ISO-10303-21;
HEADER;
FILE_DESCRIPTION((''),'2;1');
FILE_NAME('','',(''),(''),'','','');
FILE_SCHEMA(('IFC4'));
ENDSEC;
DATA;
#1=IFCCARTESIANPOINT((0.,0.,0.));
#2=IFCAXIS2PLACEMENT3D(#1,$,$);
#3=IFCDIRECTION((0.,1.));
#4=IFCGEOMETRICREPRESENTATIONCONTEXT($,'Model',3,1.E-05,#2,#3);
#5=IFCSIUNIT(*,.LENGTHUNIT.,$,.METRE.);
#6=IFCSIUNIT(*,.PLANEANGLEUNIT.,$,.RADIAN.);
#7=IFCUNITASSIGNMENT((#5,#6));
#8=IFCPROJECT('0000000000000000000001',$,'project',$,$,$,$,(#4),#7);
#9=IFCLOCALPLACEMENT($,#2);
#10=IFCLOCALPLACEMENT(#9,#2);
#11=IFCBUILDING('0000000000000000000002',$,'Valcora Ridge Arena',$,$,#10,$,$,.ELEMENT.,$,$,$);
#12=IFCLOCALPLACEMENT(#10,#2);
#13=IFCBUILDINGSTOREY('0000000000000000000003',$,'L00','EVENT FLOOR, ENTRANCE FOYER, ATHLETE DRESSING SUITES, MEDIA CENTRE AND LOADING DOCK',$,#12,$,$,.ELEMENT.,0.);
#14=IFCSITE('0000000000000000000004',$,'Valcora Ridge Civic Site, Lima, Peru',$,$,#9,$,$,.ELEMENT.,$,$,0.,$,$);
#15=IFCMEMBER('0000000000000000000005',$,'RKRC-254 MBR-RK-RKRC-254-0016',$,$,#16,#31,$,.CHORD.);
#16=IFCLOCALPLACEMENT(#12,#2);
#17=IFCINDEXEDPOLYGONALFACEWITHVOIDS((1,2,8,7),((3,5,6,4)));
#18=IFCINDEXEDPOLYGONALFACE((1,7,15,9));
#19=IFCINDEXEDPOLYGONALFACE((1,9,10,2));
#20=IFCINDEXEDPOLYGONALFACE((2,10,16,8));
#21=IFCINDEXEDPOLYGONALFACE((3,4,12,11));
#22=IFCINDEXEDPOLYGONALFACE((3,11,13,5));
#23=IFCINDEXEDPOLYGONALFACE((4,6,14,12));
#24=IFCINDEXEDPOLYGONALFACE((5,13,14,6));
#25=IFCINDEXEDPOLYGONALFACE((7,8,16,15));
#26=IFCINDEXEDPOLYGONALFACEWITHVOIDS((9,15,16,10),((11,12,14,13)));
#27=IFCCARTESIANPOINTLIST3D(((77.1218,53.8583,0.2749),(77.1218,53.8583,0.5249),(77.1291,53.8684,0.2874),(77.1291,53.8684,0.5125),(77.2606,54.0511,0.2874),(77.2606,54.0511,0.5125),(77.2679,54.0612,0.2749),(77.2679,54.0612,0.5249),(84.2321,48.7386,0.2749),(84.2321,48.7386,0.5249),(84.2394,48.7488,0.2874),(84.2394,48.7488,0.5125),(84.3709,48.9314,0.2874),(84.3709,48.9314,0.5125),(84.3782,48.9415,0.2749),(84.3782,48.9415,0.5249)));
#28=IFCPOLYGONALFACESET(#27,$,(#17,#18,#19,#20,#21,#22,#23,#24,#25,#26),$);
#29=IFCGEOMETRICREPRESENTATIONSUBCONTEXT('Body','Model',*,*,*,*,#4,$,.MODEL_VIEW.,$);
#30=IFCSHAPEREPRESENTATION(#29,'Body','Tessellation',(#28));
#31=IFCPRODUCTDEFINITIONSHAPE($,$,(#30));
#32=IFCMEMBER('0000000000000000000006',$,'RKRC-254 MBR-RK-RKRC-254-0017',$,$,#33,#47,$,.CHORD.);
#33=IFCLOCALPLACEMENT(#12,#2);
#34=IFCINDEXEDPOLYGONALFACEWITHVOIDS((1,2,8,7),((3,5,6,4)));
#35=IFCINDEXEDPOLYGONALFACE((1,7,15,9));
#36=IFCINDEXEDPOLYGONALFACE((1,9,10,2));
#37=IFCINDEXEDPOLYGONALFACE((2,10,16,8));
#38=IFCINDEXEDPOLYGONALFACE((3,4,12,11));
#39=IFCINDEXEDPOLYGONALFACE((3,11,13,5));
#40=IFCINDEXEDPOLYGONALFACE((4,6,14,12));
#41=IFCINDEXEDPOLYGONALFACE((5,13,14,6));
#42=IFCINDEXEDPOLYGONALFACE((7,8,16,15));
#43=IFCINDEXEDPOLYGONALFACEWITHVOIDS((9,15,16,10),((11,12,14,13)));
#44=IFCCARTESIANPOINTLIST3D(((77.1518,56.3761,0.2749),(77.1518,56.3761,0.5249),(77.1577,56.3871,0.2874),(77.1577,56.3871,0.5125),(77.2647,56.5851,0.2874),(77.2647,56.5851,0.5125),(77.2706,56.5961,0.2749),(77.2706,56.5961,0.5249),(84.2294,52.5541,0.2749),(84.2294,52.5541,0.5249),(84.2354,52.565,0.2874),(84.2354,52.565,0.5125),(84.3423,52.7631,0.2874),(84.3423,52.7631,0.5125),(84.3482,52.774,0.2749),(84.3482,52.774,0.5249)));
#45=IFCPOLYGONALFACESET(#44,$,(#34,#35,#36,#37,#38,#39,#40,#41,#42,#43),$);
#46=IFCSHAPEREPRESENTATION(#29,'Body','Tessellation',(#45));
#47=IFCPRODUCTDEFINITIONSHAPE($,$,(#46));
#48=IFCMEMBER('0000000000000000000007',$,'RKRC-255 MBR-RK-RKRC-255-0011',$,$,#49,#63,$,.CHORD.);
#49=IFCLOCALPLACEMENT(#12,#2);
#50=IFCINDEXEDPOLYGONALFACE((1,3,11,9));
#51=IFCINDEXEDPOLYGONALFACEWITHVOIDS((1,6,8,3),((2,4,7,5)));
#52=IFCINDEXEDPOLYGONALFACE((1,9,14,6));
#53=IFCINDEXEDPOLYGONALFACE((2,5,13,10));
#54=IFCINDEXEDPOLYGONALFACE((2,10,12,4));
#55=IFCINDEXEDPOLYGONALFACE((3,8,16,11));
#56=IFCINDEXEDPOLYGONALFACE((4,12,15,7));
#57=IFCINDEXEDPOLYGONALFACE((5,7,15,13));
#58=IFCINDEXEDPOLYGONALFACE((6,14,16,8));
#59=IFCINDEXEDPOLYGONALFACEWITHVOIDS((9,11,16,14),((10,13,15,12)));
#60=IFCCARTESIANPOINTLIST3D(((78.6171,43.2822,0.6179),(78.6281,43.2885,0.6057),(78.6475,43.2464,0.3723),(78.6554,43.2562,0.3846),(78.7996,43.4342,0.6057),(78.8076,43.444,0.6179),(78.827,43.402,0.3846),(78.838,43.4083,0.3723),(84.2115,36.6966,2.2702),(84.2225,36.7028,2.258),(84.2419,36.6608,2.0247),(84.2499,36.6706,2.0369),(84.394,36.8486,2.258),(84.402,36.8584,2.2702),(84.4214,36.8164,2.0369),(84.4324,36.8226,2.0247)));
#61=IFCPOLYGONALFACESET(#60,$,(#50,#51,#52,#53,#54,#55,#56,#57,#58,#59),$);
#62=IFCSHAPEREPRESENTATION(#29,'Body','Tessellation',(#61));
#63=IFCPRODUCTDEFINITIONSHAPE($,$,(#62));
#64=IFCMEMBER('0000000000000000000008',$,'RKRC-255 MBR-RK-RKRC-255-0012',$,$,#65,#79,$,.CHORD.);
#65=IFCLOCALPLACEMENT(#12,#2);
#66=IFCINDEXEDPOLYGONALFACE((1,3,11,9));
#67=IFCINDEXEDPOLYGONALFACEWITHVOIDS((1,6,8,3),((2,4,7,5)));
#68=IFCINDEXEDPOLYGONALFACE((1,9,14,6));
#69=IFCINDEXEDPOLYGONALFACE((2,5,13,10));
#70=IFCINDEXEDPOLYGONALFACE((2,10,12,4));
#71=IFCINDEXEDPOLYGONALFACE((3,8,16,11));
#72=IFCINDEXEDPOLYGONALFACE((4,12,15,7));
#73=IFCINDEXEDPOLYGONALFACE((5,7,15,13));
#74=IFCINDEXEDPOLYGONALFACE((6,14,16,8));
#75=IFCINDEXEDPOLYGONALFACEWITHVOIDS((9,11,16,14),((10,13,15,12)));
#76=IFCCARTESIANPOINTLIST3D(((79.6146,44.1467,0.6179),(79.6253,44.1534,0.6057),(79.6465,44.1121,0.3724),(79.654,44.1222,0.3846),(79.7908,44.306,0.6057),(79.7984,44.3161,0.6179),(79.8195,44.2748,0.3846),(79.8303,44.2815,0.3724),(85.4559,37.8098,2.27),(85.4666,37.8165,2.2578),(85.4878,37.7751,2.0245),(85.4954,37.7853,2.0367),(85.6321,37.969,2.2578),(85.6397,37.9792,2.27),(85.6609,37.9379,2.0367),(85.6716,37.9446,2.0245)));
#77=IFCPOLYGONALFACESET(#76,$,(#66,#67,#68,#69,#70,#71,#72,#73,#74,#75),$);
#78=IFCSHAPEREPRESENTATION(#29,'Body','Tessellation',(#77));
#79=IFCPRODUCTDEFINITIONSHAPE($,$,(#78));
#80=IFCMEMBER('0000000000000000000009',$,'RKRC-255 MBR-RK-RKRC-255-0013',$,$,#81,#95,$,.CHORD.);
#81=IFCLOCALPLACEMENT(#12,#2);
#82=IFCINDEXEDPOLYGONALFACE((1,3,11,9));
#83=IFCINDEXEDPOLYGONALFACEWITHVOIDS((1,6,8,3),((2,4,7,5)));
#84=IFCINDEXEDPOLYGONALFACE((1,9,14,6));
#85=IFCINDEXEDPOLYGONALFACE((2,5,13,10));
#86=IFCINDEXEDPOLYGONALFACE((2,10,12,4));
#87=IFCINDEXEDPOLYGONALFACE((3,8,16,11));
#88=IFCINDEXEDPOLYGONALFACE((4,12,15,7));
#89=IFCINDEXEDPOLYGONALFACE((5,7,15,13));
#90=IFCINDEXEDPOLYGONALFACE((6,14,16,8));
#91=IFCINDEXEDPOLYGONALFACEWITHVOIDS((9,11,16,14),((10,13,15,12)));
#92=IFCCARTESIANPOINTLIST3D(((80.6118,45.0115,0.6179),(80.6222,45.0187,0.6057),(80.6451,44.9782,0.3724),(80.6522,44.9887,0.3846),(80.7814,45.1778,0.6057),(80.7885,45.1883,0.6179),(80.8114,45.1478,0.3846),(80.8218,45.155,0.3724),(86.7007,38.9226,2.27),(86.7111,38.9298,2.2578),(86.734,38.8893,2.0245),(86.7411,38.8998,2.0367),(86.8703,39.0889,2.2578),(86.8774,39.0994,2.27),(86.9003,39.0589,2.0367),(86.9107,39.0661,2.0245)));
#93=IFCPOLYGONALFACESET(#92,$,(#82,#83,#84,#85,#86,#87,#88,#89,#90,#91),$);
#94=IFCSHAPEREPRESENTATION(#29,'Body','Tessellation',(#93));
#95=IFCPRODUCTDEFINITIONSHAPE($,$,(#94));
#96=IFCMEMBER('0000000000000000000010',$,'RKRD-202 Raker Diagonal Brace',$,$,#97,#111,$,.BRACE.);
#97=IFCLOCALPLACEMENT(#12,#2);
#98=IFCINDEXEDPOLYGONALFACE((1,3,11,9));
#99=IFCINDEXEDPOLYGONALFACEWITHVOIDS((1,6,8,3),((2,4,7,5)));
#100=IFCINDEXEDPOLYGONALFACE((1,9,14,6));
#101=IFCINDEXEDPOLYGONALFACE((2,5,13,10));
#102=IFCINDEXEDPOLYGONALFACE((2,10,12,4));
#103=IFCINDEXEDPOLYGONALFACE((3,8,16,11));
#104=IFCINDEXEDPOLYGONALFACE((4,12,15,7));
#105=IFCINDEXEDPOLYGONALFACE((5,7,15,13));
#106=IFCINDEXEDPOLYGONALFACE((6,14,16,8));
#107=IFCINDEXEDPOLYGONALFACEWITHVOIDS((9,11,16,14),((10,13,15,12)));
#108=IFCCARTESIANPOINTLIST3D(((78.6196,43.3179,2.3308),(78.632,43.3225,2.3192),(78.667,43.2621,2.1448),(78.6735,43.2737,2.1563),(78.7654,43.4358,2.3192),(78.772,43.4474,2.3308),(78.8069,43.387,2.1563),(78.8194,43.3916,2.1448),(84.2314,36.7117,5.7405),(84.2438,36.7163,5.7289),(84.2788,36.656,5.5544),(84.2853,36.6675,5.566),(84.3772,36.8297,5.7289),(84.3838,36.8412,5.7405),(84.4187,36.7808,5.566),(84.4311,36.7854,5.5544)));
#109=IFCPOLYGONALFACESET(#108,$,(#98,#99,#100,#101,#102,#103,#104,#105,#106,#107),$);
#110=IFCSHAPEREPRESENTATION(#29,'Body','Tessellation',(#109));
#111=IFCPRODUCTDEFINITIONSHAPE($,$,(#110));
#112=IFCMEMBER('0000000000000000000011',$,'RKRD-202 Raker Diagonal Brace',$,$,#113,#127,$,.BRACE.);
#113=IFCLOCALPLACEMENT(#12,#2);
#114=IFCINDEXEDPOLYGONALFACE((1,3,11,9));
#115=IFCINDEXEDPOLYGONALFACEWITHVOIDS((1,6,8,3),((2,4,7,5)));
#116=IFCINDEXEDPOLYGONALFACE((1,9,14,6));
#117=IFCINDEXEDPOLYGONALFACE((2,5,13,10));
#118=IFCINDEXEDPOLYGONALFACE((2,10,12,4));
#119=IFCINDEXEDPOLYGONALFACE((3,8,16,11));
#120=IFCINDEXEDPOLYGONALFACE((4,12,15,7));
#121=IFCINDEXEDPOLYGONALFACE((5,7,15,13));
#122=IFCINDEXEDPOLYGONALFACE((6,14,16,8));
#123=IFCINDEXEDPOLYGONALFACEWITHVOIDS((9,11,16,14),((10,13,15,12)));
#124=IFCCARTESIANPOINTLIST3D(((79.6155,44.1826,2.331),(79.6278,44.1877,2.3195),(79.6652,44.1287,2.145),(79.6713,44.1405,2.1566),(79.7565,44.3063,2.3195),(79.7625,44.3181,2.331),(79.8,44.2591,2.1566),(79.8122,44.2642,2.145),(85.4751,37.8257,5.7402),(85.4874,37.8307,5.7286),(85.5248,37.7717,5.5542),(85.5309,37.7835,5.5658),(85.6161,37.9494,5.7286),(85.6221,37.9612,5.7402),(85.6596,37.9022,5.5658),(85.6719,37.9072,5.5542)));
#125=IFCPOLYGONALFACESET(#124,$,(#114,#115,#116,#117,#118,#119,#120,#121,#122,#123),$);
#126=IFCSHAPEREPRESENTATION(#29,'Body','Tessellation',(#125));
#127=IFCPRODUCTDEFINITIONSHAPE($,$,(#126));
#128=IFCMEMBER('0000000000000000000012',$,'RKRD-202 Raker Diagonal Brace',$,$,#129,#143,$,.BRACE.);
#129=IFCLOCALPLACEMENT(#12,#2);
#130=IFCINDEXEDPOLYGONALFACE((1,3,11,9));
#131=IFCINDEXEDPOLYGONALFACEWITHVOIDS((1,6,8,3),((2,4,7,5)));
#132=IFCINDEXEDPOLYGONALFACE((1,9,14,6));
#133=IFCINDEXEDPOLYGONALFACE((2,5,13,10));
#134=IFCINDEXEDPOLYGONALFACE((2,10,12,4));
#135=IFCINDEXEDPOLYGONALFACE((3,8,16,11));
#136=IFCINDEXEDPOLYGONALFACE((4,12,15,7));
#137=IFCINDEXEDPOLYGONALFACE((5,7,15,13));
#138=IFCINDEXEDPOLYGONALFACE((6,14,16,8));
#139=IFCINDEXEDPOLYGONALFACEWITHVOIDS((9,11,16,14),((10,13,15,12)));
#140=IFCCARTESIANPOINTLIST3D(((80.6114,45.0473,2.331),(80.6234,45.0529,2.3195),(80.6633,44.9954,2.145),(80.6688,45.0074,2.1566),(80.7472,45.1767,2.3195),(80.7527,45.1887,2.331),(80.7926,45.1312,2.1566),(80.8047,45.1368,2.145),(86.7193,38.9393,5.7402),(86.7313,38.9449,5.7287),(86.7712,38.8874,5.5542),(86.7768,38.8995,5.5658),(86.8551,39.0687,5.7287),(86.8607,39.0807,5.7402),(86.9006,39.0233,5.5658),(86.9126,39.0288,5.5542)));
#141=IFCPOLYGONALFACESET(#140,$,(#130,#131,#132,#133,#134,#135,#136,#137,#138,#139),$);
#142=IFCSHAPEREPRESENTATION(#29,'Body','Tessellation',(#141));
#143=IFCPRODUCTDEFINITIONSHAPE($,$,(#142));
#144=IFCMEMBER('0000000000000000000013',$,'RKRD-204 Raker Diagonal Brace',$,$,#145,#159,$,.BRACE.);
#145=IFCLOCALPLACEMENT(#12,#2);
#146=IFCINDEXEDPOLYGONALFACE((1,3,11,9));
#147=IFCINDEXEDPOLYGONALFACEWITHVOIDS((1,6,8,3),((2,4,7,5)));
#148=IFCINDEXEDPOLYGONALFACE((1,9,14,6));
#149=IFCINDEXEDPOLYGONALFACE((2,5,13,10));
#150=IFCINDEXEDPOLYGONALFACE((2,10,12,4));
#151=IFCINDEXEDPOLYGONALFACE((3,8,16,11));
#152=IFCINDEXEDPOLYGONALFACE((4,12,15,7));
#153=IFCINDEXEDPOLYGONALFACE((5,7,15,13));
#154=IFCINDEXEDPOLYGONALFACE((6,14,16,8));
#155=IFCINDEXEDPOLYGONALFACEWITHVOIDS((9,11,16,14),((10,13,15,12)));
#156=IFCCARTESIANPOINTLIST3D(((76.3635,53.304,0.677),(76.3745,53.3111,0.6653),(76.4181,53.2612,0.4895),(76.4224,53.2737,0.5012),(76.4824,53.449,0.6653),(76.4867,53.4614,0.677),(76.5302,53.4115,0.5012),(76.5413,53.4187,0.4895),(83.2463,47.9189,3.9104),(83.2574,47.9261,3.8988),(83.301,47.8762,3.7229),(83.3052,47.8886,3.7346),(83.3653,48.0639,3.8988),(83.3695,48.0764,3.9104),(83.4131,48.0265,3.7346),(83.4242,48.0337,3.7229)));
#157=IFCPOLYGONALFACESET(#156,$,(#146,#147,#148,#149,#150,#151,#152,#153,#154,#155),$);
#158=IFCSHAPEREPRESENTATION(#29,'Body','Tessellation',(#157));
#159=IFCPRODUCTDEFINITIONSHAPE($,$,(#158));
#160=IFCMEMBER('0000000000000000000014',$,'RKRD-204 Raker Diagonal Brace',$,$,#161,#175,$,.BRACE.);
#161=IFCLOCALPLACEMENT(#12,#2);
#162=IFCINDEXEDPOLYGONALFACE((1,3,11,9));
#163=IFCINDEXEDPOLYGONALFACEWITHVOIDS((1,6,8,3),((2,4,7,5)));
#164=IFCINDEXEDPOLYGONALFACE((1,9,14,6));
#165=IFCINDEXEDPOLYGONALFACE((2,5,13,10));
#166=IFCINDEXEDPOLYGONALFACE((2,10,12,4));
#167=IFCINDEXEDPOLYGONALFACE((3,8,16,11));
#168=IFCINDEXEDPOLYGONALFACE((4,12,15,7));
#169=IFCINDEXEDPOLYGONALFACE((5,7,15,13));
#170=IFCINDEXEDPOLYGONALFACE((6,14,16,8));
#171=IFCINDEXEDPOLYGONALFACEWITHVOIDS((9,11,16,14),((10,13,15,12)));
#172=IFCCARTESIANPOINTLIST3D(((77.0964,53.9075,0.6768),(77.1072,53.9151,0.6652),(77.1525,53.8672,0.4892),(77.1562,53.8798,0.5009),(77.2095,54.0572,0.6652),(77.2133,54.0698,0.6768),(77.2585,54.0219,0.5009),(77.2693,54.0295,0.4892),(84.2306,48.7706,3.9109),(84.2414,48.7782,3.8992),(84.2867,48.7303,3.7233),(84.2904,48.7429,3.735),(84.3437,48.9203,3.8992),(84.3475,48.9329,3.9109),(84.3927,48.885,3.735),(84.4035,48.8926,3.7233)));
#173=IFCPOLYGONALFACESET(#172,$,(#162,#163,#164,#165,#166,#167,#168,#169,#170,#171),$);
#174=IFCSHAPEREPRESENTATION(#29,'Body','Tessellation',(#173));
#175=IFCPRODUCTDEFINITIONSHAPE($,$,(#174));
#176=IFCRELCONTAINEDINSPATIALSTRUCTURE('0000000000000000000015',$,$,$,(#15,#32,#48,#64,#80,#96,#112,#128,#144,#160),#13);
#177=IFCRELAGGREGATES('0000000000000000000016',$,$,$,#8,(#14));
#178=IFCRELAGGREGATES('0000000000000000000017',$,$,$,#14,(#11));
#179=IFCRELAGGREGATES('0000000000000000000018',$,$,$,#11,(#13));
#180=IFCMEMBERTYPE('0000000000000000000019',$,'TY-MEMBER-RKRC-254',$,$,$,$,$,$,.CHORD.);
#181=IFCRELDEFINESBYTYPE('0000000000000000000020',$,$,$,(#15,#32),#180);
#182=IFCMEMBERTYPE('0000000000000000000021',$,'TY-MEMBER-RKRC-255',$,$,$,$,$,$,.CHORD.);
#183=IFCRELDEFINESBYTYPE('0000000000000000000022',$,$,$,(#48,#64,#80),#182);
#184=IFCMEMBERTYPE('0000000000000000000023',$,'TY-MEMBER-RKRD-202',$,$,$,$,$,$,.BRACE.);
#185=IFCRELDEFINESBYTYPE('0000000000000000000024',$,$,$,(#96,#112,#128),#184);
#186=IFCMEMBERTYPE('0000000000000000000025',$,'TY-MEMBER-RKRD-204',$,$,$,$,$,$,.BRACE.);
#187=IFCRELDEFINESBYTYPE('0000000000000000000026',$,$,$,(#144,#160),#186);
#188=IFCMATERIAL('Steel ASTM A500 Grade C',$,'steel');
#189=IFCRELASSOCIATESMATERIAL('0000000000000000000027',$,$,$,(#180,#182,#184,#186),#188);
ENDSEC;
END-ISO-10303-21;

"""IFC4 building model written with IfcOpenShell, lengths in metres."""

from ifc_helpers import new_model, si_unit, direction, frame, origin, origin_2d, place, context, subcontext, project, spatial, hollow_rectangle, extrude, material, material_profile, profile_set, type_object, element, save


model = new_model("IFC4")

# Units and contexts
model_context = context("Model", 3, precision=1e-05, world=origin(), true_north=direction((0.0, 1.0)))
body_context = subcontext(model_context, "Body", "Model", "MODEL_VIEW")
ifc_project = project(units=[si_unit("LENGTHUNIT", "METRE"), si_unit("PLANEANGLEUNIT", "RADIAN")], contexts=[model_context])

# Site, building, storey
site_placement = place(None, origin())
site = spatial("IfcSite", under=ifc_project, at=site_placement, Name="Valcora Ridge Civic Site, Lima, Peru", CompositionType="ELEMENT", RefElevation=0.0)
building_placement = place(site_placement, origin())
building = spatial("IfcBuilding", under=site, at=building_placement, Name="Valcora Ridge Arena", CompositionType="ELEMENT")
storey_placement = place(building_placement, origin())
storey = spatial("IfcBuildingStorey", under=building, at=storey_placement, Name="L00", Description="EVENT FLOOR, ENTRANCE FOYER, ATHLETE DRESSING SUITES, MEDIA CENTRE AND LOADING DOCK", CompositionType="ELEMENT", Elevation=0.0)

# Members
ifc_material_1 = material(Name="Steel ASTM A500 Grade C", Category="steel")
ifc_material_profile_1 = material_profile(ifc_material_1, hollow_rectangle(XDim=0.25, YDim=0.25, WallThickness=0.0125, at=origin_2d()), Name="HSS250X250X12")
ifc_profile_set_1 = profile_set([ifc_material_profile_1], Name="Steel ASTM A500 Grade C")
member_type_1 = type_object("IfcMemberType", Name="TY-MEMBER-RKRC-254", PredefinedType="CHORD", material=ifc_profile_set_1)
member_1_placement = place(storey_placement, frame((77.1948, 53.9597, 0.3999), z_axis=(0.811525, -0.584318, 0.0), x_axis=(0.584318, 0.811525, 0.0)))
element("IfcMember", 1, at=member_1_placement, inside=storey, type_object=member_type_1, Name="RKRC-254 MBR-RK-RKRC-254-0016", PredefinedType="CHORD", context=body_context, shape_type="SweptSolid", body=[
    extrude(hollow_rectangle(XDim=0.25, YDim=0.25, WallThickness=0.0125, at=origin_2d()), origin(), (0.0, 0.0, 1.0), 8.7617),
])
member_2_placement = place(storey_placement, frame((77.2112, 56.4861, 0.3999), z_axis=(0.8799, -0.475158, 0.0), x_axis=(0.475158, 0.8799, 0.0)))
element("IfcMember", 2, at=member_2_placement, inside=storey, type_object=member_type_1, Name="RKRC-254 MBR-RK-RKRC-254-0017", PredefinedType="CHORD", context=body_context, shape_type="SweptSolid", body=[
    extrude(hollow_rectangle(XDim=0.25, YDim=0.25, WallThickness=0.0125, at=origin_2d()), origin(), (0.0, 0.0, 1.0), 8.0437),
])
ifc_material_profile_2 = material_profile(ifc_material_1, hollow_rectangle(XDim=0.25, YDim=0.25, WallThickness=0.0125, at=origin_2d()), Name="HSS250X250X12")
ifc_profile_set_2 = profile_set([ifc_material_profile_2], Name="Steel ASTM A500 Grade C")
member_type_2 = type_object("IfcMemberType", Name="TY-MEMBER-RKRC-255", PredefinedType="CHORD", material=ifc_profile_set_2)
member_3_placement = place(storey_placement, frame((78.7275, 43.3452, 0.4951), z_axis=(0.635902, -0.748568, 0.187815), x_axis=(0.762131, 0.647423, 0.0)))
element("IfcMember", 3, at=member_3_placement, inside=storey, type_object=member_type_2, Name="RKRC-255 MBR-RK-RKRC-255-0011", PredefinedType="CHORD", context=body_context, shape_type="SweptSolid", body=[
    extrude(hollow_rectangle(XDim=0.25, YDim=0.25, WallThickness=0.0125, at=origin_2d()), origin(), (0.0, 0.0, 1.0), 8.7976),
])
member_4_placement = place(storey_placement, frame((79.7224, 44.2141, 0.4951), z_axis=(0.66565, -0.722126, 0.188266), x_axis=(0.735275, 0.677769, 0.0)))
element("IfcMember", 4, at=member_4_placement, inside=storey, type_object=member_type_2, Name="RKRC-255 MBR-RK-RKRC-255-0012", PredefinedType="CHORD", context=body_context, shape_type="SweptSolid", body=[
    extrude(hollow_rectangle(XDim=0.25, YDim=0.25, WallThickness=0.0125, at=origin_2d()), origin(), (0.0, 0.0, 1.0), 8.7754),
])
member_5_placement = place(storey_placement, frame((80.7168, 45.0833, 0.4951), z_axis=(0.694441, -0.694441, 0.188424), x_axis=(0.707107, 0.707107, 0.0)))
element("IfcMember", 5, at=member_5_placement, inside=storey, type_object=member_type_2, Name="RKRC-255 MBR-RK-RKRC-255-0013", PredefinedType="CHORD", context=body_context, shape_type="SweptSolid", body=[
    extrude(hollow_rectangle(XDim=0.25, YDim=0.25, WallThickness=0.0125, at=origin_2d()), origin(), (0.0, 0.0, 1.0), 8.7681),
])
ifc_material_profile_3 = material_profile(ifc_material_1, hollow_rectangle(XDim=0.2, YDim=0.2, WallThickness=0.0125, at=origin_2d()), Name="HSS200X200X12")
ifc_profile_set_3 = profile_set([ifc_material_profile_3], Name="Steel ASTM A500 Grade C")
member_type_3 = type_object("IfcMemberType", Name="TY-MEMBER-RKRD-202", PredefinedType="BRACE", material=ifc_profile_set_3)
member_6_placement = place(storey_placement, frame((78.7195, 43.3547, 2.2378), z_axis=(0.602481, -0.709237, 0.36606), x_axis=(0.762136, 0.647417, 0.0)))
element("IfcMember", 6, at=member_6_placement, inside=storey, type_object=member_type_3, Name="RKRD-202 Raker Diagonal Brace", PredefinedType="BRACE", context=body_context, shape_type="SweptSolid", body=[
    extrude(hollow_rectangle(XDim=0.2, YDim=0.2, WallThickness=0.0125, at=origin_2d()), origin(), (0.0, 0.0, 1.0), 9.3145),
])
member_7_placement = place(storey_placement, frame((79.7139, 44.2234, 2.238), z_axis=(0.630511, -0.684023, 0.366837), x_axis=(0.735283, 0.67776, 0.0)))
element("IfcMember", 7, at=member_7_placement, inside=storey, type_object=member_type_3, Name="RKRD-202 Raker Diagonal Brace", PredefinedType="BRACE", context=body_context, shape_type="SweptSolid", body=[
    extrude(hollow_rectangle(XDim=0.2, YDim=0.2, WallThickness=0.0125, at=origin_2d()), origin(), (0.0, 0.0, 1.0), 9.2935),
])
member_8_placement = place(storey_placement, frame((80.708, 45.092, 2.238), z_axis=(0.657732, -0.657732, 0.367119), x_axis=(0.707107, 0.707107, 0.0)))
element("IfcMember", 8, at=member_8_placement, inside=storey, type_object=member_type_3, Name="RKRD-202 Raker Diagonal Brace", PredefinedType="BRACE", context=body_context, shape_type="SweptSolid", body=[
    extrude(hollow_rectangle(XDim=0.2, YDim=0.2, WallThickness=0.0125, at=origin_2d()), origin(), (0.0, 0.0, 1.0), 9.2864),
])
ifc_material_profile_4 = material_profile(ifc_material_1, hollow_rectangle(XDim=0.2, YDim=0.2, WallThickness=0.0125, at=origin_2d()), Name="HSS200X200X12")
ifc_profile_set_4 = profile_set([ifc_material_profile_4], Name="Steel ASTM A500 Grade C")
member_type_4 = type_object("IfcMemberType", Name="TY-MEMBER-RKRD-204", PredefinedType="BRACE", material=ifc_profile_set_4)
member_9_placement = place(storey_placement, frame((76.4524, 53.3613, 0.5833), z_axis=(0.738653, -0.577911, 0.347003), x_axis=(0.616199, 0.78759, 0.0)))
element("IfcMember", 9, at=member_9_placement, inside=storey, type_object=member_type_4, Name="RKRD-204 Raker Diagonal Brace", PredefinedType="BRACE", context=body_context, shape_type="SweptSolid", body=[
    extrude(hollow_rectangle(XDim=0.2, YDim=0.2, WallThickness=0.0125, at=origin_2d()), origin(), (0.0, 0.0, 1.0), 9.3181),
])
member_10_placement = place(storey_placement, frame((77.1829, 53.9685, 0.583), z_axis=(0.761617, -0.548394, 0.345258), x_axis=(0.584326, 0.811519, 0.0)))
element("IfcMember", 10, at=member_10_placement, inside=storey, type_object=member_type_4, Name="RKRD-204 Raker Diagonal Brace", PredefinedType="BRACE", context=body_context, shape_type="SweptSolid", body=[
    extrude(hollow_rectangle(XDim=0.2, YDim=0.2, WallThickness=0.0125, at=origin_2d()), origin(), (0.0, 0.0, 1.0), 9.3672),
])

save(model, "model.ifc")
